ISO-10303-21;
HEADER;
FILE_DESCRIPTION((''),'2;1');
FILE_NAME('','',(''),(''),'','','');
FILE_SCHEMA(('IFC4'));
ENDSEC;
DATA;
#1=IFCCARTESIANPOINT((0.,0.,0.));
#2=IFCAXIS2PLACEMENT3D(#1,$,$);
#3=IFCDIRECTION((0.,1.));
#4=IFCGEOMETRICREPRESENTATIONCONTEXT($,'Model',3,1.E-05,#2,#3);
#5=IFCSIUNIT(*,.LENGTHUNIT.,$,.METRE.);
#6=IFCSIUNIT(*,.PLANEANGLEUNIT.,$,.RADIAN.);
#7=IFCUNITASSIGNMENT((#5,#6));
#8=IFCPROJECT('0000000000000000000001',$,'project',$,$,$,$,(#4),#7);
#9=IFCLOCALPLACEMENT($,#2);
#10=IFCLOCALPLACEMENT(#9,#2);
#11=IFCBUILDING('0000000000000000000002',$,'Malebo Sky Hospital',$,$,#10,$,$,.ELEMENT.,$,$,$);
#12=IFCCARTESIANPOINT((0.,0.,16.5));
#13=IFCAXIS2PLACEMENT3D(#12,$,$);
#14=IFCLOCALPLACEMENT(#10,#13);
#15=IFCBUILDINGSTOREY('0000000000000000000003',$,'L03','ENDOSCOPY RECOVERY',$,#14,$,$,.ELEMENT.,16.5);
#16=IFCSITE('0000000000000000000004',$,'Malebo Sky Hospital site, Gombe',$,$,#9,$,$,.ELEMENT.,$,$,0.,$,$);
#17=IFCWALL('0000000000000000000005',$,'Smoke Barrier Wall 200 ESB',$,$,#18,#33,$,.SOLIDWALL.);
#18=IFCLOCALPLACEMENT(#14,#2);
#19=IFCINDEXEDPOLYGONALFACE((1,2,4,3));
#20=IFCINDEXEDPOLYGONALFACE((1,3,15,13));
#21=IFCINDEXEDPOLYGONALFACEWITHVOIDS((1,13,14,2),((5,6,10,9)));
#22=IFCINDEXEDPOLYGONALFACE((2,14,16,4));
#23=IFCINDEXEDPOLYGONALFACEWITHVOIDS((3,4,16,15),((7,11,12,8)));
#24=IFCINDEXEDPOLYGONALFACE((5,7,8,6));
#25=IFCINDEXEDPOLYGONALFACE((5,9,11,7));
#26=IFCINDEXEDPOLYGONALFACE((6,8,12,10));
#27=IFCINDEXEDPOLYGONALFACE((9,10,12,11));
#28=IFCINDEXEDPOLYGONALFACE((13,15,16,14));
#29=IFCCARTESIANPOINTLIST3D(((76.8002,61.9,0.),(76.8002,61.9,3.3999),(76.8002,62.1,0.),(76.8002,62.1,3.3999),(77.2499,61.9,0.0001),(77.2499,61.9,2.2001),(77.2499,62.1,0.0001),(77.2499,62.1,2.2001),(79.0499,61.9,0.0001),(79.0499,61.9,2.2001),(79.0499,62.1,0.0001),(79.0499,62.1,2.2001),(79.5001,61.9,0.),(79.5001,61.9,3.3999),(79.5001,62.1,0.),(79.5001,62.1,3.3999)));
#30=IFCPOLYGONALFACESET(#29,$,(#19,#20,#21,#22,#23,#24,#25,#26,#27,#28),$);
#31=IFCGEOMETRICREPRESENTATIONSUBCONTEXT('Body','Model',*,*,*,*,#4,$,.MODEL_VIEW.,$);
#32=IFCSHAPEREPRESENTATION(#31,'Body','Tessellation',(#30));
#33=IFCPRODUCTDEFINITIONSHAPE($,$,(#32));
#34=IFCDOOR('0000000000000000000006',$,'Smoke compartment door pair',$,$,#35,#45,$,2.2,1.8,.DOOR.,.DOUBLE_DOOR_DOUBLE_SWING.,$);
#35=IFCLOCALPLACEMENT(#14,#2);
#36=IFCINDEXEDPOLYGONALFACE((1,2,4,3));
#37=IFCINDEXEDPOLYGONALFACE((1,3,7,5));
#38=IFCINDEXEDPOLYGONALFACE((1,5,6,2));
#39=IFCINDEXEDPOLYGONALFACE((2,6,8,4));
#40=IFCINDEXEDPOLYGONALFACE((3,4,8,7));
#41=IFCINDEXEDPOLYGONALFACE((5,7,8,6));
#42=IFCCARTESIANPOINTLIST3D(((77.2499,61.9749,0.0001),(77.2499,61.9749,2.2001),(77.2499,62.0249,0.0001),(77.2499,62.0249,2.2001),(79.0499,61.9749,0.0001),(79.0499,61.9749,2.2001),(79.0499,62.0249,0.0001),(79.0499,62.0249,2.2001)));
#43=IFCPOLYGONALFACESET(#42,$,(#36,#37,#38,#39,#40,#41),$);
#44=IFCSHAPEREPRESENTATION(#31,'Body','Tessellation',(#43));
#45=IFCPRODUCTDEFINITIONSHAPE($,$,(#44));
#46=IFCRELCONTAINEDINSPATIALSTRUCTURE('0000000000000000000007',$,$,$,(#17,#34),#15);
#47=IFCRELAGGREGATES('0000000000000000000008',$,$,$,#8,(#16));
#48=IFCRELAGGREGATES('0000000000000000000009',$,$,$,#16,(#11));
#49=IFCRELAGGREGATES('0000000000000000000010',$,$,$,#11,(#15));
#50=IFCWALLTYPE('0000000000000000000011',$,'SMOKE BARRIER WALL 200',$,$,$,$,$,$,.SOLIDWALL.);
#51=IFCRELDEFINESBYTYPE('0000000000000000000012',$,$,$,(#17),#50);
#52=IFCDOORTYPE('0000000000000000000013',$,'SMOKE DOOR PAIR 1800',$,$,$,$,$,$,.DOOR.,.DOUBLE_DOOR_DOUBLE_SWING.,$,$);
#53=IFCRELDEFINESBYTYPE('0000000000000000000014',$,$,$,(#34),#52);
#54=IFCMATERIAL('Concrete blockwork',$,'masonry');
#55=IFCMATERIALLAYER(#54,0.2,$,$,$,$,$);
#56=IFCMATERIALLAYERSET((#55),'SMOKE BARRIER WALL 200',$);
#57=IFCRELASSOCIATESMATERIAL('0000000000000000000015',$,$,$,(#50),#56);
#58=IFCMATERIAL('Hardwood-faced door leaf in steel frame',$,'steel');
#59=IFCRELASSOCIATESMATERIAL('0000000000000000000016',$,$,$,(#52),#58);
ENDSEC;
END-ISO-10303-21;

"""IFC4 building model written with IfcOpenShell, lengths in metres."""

from ifc_helpers import new_model, si_unit, direction, frame, frame_2d, origin, place, context, subcontext, project, spatial, rectangle, extrude, material, layer, layer_set, type_object, element, fill, save


model = new_model("IFC4")

# Units and contexts
model_context = context("Model", 3, precision=1e-05, world=origin(), true_north=direction((0.0, 1.0)))
body_context = subcontext(model_context, "Body", "Model", "MODEL_VIEW")
ifc_project = project(units=[si_unit("LENGTHUNIT", "METRE"), si_unit("PLANEANGLEUNIT", "RADIAN")], contexts=[model_context])

# Site, building, storey
site_placement = place(None, origin())
site = spatial("IfcSite", under=ifc_project, at=site_placement, Name="Malebo Sky Hospital site, Gombe", CompositionType="ELEMENT", RefElevation=0.0)
building_placement = place(site_placement, origin())
building = spatial("IfcBuilding", under=site, at=building_placement, Name="Malebo Sky Hospital", CompositionType="ELEMENT")
storey_placement = place(building_placement, frame((0.0, 0.0, 16.5)))
storey = spatial("IfcBuildingStorey", under=building, at=storey_placement, Name="L03", Description="ENDOSCOPY RECOVERY", CompositionType="ELEMENT", Elevation=16.5)

# Shared definitions
ifc_material_1 = material(Name="Hardwood-faced door leaf in steel frame", Category="steel")

# Shared definitions
ifc_material_2 = material(Name="Concrete blockwork", Category="masonry")
ifc_layer_1 = layer(ifc_material_2, 0.2)
ifc_layer_set_1 = layer_set([ifc_layer_1], Name="SMOKE BARRIER WALL 200")
wall_type_1 = type_object("IfcWallType", Name="SMOKE BARRIER WALL 200", PredefinedType="SOLIDWALL", material=ifc_layer_set_1)

# Wall, opening, door
wall_1_placement = place(storey_placement, frame((76.8, 62.0, 0.0), z_axis=(0.0, 0.0, 1.0), x_axis=(1.0, 0.0, 0.0)))
wall_1 = element("IfcWall", 1, at=wall_1_placement, inside=storey, type_object=wall_type_1, Name="Smoke Barrier Wall 200 ESB", PredefinedType="SOLIDWALL", context=body_context, shape_type="SweptSolid", body=[
    extrude(rectangle(XDim=2.7, YDim=0.2, at=frame_2d((1.3501, 0.0))), origin(), (0.0, 0.0, 1.0), 3.3999),
])
opening_1_placement = place(wall_1_placement, frame((0.45, 0.0, 0.0)))
opening_1 = element("IfcOpeningElement", 2, at=opening_1_placement, cuts=wall_1, PredefinedType="OPENING", context=body_context, shape_type="SweptSolid", body=[
    extrude(rectangle(XDim=1.8, YDim=2.2, at=frame_2d((0.8999, 1.1001))), frame((0.0, 0.1099, 0.0), z_axis=(0.0, -1.0, 0.0), x_axis=(1.0, 0.0, 0.0)), (0.0, 0.0, 1.0), 0.22),
])
door_type_1 = type_object("IfcDoorType", Name="SMOKE DOOR PAIR 1800", OperationType="DOUBLE_DOOR_DOUBLE_SWING", PredefinedType="DOOR", material=ifc_material_1)
door_1_placement = place(opening_1_placement, origin())
door_1 = element("IfcDoor", 3, at=door_1_placement, inside=storey, type_object=door_type_1, Name="Smoke compartment door pair", OperationType="DOUBLE_DOOR_DOUBLE_SWING", OverallHeight=2.2, OverallWidth=1.8, PredefinedType="DOOR", context=body_context, shape_type="SweptSolid", body=[
    extrude(rectangle(XDim=1.8, YDim=2.2, at=frame_2d((0.8999, 1.1001))), frame((0.0, 0.0249, 0.0), z_axis=(0.0, -1.0, 0.0), x_axis=(1.0, 0.0, 0.0)), (0.0, 0.0, 1.0), 0.05),
])
fill(opening_1, door_1)

save(model, "model.ifc")
